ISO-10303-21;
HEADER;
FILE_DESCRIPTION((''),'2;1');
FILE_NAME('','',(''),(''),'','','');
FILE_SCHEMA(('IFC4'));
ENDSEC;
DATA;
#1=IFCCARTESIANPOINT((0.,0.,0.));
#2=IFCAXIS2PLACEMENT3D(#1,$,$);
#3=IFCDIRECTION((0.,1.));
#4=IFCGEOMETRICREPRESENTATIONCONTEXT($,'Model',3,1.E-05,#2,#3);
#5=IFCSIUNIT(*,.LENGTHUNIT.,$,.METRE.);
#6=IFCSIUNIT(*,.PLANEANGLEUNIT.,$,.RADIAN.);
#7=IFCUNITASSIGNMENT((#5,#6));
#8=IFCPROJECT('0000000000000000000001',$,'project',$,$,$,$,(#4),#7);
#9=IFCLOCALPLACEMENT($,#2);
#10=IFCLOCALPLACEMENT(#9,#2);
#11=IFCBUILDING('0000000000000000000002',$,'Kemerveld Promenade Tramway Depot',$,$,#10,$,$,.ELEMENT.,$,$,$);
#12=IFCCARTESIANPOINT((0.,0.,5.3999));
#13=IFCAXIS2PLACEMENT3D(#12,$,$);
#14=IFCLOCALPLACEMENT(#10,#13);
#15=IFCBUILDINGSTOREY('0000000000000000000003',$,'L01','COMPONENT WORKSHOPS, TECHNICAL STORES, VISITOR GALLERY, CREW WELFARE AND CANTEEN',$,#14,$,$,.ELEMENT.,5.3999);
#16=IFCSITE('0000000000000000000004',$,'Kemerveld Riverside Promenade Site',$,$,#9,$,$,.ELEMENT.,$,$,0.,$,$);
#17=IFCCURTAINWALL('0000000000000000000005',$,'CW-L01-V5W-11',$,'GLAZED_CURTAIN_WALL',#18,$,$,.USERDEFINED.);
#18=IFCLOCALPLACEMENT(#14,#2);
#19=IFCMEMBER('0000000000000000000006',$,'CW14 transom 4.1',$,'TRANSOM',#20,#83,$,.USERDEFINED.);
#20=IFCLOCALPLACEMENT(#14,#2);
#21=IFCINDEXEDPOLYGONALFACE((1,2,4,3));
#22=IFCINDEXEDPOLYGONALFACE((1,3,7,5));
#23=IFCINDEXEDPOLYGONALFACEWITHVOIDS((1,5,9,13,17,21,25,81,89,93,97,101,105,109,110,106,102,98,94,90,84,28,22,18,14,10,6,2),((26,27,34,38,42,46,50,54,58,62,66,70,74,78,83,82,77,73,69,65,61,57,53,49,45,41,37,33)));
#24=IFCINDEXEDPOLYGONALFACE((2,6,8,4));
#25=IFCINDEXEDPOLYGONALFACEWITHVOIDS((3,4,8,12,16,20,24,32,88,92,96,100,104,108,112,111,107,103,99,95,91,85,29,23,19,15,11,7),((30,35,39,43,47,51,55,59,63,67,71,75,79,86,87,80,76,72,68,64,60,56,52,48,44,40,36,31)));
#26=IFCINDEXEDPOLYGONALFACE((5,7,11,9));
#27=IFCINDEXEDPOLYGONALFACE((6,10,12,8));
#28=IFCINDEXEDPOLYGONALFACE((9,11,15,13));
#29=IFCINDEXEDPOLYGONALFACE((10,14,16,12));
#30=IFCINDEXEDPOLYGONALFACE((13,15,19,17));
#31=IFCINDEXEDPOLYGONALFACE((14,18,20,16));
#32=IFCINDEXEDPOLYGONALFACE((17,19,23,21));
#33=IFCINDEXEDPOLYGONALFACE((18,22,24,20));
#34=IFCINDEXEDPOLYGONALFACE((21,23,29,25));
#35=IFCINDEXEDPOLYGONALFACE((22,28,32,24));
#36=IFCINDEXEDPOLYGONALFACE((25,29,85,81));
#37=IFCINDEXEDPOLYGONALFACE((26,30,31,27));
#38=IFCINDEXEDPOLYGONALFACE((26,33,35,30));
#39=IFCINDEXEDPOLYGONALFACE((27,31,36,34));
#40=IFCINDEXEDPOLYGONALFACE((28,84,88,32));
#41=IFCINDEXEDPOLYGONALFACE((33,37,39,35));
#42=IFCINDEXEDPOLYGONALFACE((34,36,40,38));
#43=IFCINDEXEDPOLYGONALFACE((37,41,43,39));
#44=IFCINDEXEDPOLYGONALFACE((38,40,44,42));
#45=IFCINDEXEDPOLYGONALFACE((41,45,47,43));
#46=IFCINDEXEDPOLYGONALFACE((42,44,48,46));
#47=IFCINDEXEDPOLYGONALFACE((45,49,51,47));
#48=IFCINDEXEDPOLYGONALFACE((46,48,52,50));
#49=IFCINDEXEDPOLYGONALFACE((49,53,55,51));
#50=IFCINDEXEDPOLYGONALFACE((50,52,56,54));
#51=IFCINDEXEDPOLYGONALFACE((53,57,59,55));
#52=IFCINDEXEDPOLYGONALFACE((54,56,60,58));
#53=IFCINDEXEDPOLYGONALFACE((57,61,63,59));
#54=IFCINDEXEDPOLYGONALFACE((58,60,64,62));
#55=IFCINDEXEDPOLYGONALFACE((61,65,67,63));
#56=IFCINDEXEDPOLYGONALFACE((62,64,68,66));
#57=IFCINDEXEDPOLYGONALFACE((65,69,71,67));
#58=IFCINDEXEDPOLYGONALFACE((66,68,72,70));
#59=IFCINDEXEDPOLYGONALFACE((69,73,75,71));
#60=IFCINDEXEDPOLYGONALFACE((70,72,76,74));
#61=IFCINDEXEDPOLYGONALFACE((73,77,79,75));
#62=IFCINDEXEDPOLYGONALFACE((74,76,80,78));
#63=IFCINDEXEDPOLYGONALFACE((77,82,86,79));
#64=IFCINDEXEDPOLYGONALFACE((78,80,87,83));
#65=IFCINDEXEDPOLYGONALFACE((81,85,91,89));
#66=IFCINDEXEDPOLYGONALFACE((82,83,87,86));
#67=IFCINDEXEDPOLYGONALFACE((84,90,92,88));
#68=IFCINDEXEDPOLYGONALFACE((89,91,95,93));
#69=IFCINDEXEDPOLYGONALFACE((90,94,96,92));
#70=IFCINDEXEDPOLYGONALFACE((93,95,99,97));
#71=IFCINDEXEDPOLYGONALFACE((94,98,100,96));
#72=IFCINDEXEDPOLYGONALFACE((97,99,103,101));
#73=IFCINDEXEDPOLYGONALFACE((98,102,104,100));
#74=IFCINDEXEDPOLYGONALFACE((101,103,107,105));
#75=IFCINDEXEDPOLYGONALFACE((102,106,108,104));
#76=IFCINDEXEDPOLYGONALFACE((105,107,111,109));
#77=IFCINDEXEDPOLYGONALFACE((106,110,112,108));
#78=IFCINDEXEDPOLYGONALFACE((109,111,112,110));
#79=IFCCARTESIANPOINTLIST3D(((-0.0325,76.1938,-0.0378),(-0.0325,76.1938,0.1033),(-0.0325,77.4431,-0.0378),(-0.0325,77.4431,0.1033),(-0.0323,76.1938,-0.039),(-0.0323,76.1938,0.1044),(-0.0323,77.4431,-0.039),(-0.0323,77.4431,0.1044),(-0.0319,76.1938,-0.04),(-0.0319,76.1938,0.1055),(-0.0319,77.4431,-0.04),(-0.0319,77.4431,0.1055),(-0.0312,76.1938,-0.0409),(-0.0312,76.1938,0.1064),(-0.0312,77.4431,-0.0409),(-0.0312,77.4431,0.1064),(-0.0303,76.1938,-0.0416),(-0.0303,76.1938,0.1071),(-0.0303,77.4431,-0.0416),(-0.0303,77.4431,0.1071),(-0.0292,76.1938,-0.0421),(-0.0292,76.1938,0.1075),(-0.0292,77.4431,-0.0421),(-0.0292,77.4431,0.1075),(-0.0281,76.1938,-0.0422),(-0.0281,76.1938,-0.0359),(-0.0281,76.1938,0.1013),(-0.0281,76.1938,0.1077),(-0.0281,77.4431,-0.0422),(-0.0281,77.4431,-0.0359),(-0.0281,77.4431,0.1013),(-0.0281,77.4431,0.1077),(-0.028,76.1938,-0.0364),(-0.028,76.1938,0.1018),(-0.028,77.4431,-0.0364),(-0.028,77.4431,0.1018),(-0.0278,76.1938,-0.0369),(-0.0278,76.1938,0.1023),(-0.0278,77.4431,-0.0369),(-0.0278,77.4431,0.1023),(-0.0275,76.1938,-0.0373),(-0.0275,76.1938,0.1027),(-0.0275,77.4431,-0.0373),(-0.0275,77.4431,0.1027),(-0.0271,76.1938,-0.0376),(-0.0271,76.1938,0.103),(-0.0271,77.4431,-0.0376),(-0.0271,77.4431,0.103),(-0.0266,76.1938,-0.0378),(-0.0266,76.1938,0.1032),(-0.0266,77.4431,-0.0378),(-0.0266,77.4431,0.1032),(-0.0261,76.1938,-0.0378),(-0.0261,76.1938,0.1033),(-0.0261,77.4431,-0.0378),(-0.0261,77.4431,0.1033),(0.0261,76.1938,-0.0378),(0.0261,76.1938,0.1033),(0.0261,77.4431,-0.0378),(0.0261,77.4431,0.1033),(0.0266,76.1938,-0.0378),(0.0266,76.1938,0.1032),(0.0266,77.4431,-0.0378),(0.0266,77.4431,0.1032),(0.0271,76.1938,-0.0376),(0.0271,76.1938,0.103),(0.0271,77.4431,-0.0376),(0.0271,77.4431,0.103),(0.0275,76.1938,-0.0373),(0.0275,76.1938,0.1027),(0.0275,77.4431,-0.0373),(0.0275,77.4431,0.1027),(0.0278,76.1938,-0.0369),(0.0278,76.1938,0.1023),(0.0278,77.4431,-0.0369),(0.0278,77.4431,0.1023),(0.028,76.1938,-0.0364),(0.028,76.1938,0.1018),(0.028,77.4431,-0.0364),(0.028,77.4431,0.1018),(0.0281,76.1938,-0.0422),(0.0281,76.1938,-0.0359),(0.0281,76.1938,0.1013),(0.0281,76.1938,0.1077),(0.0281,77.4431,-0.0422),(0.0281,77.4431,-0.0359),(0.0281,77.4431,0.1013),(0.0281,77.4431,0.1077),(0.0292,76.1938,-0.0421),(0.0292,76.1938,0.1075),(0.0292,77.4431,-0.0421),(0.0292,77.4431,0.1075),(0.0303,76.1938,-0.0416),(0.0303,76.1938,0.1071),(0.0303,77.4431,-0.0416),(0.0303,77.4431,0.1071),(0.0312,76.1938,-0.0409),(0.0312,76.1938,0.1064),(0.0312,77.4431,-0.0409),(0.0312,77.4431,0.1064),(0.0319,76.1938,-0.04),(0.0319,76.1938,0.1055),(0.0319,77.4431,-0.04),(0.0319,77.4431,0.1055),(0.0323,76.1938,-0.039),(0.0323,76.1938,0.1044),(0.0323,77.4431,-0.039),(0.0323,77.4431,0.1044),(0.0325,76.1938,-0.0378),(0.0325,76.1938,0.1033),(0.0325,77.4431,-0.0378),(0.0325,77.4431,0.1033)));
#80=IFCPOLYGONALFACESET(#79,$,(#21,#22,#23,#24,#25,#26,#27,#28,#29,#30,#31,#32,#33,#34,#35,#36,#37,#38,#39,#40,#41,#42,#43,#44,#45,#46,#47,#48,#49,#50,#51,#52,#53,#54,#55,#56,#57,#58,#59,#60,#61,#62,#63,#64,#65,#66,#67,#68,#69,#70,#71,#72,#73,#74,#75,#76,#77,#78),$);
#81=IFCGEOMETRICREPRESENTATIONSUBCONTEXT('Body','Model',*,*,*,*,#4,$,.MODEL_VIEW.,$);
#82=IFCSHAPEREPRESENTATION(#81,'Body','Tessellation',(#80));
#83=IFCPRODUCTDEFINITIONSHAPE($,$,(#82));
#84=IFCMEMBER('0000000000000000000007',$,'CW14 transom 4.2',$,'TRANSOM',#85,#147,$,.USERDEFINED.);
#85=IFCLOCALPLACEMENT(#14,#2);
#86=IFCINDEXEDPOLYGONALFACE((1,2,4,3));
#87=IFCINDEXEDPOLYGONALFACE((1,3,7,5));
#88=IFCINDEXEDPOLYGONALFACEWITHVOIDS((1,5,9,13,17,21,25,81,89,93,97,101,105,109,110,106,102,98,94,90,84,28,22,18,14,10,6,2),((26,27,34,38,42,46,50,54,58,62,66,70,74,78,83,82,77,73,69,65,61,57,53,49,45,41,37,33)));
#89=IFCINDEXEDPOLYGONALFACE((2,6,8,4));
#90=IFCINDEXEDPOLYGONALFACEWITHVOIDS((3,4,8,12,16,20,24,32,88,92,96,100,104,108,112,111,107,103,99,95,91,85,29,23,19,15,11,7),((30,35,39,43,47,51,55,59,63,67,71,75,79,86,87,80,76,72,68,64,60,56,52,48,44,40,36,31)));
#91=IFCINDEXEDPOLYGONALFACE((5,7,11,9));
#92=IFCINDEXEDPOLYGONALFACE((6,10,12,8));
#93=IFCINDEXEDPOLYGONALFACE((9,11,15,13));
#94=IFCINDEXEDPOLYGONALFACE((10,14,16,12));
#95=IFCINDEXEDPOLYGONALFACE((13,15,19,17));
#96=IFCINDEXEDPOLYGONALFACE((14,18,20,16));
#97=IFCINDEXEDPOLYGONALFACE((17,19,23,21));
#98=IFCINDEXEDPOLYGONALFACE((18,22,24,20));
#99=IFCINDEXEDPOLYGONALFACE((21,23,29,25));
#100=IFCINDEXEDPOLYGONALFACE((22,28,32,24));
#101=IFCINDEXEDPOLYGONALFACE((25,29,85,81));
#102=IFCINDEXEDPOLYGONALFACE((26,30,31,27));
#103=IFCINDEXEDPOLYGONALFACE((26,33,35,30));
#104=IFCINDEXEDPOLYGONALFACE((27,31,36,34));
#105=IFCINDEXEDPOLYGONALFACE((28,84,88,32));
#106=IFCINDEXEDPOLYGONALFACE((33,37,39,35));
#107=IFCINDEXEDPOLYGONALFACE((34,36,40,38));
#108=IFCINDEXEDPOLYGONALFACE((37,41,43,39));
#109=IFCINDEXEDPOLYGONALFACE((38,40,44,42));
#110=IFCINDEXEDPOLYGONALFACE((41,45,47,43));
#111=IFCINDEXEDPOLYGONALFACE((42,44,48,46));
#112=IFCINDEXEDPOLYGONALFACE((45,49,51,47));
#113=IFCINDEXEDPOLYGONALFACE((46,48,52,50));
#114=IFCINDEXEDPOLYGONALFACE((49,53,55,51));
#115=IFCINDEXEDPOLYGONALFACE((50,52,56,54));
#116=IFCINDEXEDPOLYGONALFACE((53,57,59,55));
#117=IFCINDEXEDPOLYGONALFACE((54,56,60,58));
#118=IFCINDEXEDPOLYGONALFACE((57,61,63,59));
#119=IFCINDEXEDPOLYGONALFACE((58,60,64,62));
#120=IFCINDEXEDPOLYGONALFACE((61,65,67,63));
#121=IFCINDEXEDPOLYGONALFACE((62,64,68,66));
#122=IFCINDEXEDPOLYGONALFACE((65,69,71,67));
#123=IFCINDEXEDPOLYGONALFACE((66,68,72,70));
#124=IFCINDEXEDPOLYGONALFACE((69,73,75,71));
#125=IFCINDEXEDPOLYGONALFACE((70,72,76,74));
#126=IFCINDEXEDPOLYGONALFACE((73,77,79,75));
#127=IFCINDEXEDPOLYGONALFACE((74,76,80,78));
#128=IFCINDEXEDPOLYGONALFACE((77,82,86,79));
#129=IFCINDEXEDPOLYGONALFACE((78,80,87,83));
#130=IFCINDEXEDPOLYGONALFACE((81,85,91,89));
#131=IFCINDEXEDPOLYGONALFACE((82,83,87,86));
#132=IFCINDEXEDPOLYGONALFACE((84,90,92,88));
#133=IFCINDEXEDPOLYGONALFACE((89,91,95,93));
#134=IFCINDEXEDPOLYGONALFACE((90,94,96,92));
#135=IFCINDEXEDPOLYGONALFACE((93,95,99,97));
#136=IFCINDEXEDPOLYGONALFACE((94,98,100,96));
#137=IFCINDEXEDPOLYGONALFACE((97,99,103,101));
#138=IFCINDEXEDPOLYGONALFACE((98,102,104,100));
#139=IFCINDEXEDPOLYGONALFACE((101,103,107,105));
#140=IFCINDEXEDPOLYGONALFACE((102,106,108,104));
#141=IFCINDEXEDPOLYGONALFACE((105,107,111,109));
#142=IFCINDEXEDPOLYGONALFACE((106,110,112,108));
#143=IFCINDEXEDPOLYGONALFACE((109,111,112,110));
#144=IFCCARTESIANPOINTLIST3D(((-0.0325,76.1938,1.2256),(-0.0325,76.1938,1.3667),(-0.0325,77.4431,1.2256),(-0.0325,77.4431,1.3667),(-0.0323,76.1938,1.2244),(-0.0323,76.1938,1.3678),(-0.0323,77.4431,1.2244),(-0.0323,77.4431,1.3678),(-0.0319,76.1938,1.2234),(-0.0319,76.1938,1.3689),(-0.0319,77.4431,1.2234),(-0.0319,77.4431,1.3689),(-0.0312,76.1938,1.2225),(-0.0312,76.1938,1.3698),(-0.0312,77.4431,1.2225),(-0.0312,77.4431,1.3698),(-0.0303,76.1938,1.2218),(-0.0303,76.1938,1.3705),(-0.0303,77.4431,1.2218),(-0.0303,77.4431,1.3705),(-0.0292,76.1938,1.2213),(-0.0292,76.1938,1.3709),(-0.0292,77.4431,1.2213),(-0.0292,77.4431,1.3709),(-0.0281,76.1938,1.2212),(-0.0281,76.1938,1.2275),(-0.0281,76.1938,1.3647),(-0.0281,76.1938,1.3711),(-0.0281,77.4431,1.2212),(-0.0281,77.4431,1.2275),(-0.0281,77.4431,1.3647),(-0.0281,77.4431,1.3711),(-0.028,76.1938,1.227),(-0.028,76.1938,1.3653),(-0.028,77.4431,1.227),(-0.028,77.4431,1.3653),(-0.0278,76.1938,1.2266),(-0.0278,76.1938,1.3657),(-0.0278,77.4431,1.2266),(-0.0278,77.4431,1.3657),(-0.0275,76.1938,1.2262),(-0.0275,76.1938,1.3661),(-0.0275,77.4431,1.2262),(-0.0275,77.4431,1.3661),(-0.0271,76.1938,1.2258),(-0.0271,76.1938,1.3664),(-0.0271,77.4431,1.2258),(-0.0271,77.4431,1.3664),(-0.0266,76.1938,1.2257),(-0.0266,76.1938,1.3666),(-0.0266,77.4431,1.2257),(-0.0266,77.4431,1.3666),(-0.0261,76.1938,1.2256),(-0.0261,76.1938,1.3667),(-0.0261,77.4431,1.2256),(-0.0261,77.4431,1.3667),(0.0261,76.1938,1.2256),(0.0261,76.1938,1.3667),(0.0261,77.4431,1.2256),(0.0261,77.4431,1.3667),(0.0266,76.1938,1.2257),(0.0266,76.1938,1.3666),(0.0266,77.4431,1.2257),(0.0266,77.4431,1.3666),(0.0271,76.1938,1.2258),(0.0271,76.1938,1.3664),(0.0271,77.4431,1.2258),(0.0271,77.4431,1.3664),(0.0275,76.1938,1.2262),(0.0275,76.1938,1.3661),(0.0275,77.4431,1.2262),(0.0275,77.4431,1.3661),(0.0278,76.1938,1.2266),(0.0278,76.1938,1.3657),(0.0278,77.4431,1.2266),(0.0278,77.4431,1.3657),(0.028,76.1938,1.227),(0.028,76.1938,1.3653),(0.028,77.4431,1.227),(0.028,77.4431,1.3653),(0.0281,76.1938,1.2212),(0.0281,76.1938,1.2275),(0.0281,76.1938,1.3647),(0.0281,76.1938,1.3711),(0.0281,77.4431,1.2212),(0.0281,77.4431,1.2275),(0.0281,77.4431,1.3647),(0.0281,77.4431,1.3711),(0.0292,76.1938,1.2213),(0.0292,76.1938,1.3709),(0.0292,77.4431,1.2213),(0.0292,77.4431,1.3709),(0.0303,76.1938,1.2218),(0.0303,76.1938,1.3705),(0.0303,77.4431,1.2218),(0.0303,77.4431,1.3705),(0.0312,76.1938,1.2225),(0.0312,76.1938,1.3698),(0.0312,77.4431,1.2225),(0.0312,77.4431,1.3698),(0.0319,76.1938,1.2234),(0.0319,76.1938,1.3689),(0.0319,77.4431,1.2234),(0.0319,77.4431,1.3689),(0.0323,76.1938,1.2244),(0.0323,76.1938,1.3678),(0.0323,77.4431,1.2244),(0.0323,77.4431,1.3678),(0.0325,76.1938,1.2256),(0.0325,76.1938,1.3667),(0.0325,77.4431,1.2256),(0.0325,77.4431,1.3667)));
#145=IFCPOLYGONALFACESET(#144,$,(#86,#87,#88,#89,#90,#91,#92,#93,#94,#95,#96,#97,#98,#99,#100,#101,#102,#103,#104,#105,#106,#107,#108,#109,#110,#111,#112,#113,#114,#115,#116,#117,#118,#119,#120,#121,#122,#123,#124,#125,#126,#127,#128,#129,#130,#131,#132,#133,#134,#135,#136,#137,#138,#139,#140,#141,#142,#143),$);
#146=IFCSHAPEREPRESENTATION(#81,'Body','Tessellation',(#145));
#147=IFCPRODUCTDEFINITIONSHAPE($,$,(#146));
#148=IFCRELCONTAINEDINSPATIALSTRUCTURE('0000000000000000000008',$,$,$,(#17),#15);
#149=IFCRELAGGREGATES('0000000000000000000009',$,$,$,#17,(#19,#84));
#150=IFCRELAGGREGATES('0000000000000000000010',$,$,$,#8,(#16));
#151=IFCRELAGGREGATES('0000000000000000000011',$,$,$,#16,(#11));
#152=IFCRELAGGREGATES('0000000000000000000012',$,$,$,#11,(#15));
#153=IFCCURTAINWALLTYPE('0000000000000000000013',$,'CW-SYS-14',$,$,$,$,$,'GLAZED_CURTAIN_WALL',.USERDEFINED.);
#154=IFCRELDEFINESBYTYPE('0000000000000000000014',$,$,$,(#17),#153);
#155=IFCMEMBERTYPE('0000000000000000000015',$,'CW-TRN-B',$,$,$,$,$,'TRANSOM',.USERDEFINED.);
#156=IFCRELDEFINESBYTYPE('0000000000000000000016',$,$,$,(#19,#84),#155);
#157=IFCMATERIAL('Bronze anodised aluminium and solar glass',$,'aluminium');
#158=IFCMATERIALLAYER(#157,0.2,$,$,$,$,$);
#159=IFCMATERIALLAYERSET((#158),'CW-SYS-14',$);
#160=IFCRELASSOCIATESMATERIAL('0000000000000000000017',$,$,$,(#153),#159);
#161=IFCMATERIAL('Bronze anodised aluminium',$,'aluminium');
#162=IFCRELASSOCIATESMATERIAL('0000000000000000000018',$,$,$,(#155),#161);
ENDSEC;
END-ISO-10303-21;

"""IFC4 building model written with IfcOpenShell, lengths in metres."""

from ifc_helpers import new_model, si_unit, direction, frame, origin, origin_2d, place, context, subcontext, project, spatial, hollow_rectangle, extrude, material, layer, layer_set, material_profile, profile_set, type_object, element, aggregate, save


model = new_model("IFC4")

# Units and contexts
model_context = context("Model", 3, precision=1e-05, world=origin(), true_north=direction((0.0, 1.0)))
body_context = subcontext(model_context, "Body", "Model", "MODEL_VIEW")
ifc_project = project(units=[si_unit("LENGTHUNIT", "METRE"), si_unit("PLANEANGLEUNIT", "RADIAN")], contexts=[model_context])

# Site, building, storey
site_placement = place(None, origin())
site = spatial("IfcSite", under=ifc_project, at=site_placement, Name="Kemerveld Riverside Promenade Site", CompositionType="ELEMENT", RefElevation=0.0)
building_placement = place(site_placement, origin())
building = spatial("IfcBuilding", under=site, at=building_placement, Name="Kemerveld Promenade Tramway Depot", CompositionType="ELEMENT")
storey_placement = place(building_placement, frame((0.0, 0.0, 5.3999)))
storey = spatial("IfcBuildingStorey", under=building, at=storey_placement, Name="L01", Description="COMPONENT WORKSHOPS, TECHNICAL STORES, VISITOR GALLERY, CREW WELFARE AND CANTEEN", CompositionType="ELEMENT", Elevation=5.3999)

# Curtain wall
ifc_material_1 = material(Name="Bronze anodised aluminium and solar glass", Category="aluminium")
ifc_layer_1 = layer(ifc_material_1, 0.2)
ifc_layer_set_1 = layer_set([ifc_layer_1], Name="CW-SYS-14")
curtain_wall_type_1 = type_object("IfcCurtainWallType", Name="CW-SYS-14", ElementType="GLAZED_CURTAIN_WALL", PredefinedType="USERDEFINED", material=ifc_layer_set_1)
curtain_wall_1_placement = place(storey_placement, origin())
curtain_wall_1 = element("IfcCurtainWall", 1, at=curtain_wall_1_placement, inside=storey, type_object=curtain_wall_type_1, Name="CW-L01-V5W-11", ObjectType="GLAZED_CURTAIN_WALL", PredefinedType="USERDEFINED")
ifc_material_2 = material(Name="Bronze anodised aluminium", Category="aluminium")

# Members
ifc_material_profile_1 = material_profile(ifc_material_2, hollow_rectangle(XDim=0.0649, YDim=0.1499, WallThickness=0.0044, InnerFilletRadius=0.002, OuterFilletRadius=0.0044, at=origin_2d()), Name="CW-TRN-150x65")
ifc_profile_set_1 = profile_set([ifc_material_profile_1], Name="Bronze anodised aluminium")
member_type_1 = type_object("IfcMemberType", Name="CW-TRN-B", ElementType="TRANSOM", PredefinedType="USERDEFINED", material=ifc_profile_set_1)
member_1_placement = place(storey_placement, frame((0.0, 76.1938, 0.0327), z_axis=(0.0, 1.0, 0.0), x_axis=(-1.0, 0.0, 0.0)))
member_1 = element("IfcMember", 2, at=member_1_placement, type_object=member_type_1, Name="CW14 transom 4.1", ObjectType="TRANSOM", PredefinedType="USERDEFINED", context=body_context, shape_type="SweptSolid", body=[
    extrude(hollow_rectangle(XDim=0.0649, YDim=0.1499, WallThickness=0.0044, InnerFilletRadius=0.002, OuterFilletRadius=0.0044, at=origin_2d()), origin(), (0.0, 0.0, 1.0), 1.2493),
])
member_2_placement = place(storey_placement, frame((0.0, 76.1938, 1.2961), z_axis=(0.0, 1.0, 0.0), x_axis=(-1.0, 0.0, 0.0)))
member_2 = element("IfcMember", 3, at=member_2_placement, type_object=member_type_1, Name="CW14 transom 4.2", ObjectType="TRANSOM", PredefinedType="USERDEFINED", context=body_context, shape_type="SweptSolid", body=[
    extrude(hollow_rectangle(XDim=0.0649, YDim=0.1499, WallThickness=0.0044, InnerFilletRadius=0.002, OuterFilletRadius=0.0044, at=origin_2d()), origin(), (0.0, 0.0, 1.0), 1.2493),
])

aggregate(curtain_wall_1, [member_1, member_2])

save(model, "model.ifc")
